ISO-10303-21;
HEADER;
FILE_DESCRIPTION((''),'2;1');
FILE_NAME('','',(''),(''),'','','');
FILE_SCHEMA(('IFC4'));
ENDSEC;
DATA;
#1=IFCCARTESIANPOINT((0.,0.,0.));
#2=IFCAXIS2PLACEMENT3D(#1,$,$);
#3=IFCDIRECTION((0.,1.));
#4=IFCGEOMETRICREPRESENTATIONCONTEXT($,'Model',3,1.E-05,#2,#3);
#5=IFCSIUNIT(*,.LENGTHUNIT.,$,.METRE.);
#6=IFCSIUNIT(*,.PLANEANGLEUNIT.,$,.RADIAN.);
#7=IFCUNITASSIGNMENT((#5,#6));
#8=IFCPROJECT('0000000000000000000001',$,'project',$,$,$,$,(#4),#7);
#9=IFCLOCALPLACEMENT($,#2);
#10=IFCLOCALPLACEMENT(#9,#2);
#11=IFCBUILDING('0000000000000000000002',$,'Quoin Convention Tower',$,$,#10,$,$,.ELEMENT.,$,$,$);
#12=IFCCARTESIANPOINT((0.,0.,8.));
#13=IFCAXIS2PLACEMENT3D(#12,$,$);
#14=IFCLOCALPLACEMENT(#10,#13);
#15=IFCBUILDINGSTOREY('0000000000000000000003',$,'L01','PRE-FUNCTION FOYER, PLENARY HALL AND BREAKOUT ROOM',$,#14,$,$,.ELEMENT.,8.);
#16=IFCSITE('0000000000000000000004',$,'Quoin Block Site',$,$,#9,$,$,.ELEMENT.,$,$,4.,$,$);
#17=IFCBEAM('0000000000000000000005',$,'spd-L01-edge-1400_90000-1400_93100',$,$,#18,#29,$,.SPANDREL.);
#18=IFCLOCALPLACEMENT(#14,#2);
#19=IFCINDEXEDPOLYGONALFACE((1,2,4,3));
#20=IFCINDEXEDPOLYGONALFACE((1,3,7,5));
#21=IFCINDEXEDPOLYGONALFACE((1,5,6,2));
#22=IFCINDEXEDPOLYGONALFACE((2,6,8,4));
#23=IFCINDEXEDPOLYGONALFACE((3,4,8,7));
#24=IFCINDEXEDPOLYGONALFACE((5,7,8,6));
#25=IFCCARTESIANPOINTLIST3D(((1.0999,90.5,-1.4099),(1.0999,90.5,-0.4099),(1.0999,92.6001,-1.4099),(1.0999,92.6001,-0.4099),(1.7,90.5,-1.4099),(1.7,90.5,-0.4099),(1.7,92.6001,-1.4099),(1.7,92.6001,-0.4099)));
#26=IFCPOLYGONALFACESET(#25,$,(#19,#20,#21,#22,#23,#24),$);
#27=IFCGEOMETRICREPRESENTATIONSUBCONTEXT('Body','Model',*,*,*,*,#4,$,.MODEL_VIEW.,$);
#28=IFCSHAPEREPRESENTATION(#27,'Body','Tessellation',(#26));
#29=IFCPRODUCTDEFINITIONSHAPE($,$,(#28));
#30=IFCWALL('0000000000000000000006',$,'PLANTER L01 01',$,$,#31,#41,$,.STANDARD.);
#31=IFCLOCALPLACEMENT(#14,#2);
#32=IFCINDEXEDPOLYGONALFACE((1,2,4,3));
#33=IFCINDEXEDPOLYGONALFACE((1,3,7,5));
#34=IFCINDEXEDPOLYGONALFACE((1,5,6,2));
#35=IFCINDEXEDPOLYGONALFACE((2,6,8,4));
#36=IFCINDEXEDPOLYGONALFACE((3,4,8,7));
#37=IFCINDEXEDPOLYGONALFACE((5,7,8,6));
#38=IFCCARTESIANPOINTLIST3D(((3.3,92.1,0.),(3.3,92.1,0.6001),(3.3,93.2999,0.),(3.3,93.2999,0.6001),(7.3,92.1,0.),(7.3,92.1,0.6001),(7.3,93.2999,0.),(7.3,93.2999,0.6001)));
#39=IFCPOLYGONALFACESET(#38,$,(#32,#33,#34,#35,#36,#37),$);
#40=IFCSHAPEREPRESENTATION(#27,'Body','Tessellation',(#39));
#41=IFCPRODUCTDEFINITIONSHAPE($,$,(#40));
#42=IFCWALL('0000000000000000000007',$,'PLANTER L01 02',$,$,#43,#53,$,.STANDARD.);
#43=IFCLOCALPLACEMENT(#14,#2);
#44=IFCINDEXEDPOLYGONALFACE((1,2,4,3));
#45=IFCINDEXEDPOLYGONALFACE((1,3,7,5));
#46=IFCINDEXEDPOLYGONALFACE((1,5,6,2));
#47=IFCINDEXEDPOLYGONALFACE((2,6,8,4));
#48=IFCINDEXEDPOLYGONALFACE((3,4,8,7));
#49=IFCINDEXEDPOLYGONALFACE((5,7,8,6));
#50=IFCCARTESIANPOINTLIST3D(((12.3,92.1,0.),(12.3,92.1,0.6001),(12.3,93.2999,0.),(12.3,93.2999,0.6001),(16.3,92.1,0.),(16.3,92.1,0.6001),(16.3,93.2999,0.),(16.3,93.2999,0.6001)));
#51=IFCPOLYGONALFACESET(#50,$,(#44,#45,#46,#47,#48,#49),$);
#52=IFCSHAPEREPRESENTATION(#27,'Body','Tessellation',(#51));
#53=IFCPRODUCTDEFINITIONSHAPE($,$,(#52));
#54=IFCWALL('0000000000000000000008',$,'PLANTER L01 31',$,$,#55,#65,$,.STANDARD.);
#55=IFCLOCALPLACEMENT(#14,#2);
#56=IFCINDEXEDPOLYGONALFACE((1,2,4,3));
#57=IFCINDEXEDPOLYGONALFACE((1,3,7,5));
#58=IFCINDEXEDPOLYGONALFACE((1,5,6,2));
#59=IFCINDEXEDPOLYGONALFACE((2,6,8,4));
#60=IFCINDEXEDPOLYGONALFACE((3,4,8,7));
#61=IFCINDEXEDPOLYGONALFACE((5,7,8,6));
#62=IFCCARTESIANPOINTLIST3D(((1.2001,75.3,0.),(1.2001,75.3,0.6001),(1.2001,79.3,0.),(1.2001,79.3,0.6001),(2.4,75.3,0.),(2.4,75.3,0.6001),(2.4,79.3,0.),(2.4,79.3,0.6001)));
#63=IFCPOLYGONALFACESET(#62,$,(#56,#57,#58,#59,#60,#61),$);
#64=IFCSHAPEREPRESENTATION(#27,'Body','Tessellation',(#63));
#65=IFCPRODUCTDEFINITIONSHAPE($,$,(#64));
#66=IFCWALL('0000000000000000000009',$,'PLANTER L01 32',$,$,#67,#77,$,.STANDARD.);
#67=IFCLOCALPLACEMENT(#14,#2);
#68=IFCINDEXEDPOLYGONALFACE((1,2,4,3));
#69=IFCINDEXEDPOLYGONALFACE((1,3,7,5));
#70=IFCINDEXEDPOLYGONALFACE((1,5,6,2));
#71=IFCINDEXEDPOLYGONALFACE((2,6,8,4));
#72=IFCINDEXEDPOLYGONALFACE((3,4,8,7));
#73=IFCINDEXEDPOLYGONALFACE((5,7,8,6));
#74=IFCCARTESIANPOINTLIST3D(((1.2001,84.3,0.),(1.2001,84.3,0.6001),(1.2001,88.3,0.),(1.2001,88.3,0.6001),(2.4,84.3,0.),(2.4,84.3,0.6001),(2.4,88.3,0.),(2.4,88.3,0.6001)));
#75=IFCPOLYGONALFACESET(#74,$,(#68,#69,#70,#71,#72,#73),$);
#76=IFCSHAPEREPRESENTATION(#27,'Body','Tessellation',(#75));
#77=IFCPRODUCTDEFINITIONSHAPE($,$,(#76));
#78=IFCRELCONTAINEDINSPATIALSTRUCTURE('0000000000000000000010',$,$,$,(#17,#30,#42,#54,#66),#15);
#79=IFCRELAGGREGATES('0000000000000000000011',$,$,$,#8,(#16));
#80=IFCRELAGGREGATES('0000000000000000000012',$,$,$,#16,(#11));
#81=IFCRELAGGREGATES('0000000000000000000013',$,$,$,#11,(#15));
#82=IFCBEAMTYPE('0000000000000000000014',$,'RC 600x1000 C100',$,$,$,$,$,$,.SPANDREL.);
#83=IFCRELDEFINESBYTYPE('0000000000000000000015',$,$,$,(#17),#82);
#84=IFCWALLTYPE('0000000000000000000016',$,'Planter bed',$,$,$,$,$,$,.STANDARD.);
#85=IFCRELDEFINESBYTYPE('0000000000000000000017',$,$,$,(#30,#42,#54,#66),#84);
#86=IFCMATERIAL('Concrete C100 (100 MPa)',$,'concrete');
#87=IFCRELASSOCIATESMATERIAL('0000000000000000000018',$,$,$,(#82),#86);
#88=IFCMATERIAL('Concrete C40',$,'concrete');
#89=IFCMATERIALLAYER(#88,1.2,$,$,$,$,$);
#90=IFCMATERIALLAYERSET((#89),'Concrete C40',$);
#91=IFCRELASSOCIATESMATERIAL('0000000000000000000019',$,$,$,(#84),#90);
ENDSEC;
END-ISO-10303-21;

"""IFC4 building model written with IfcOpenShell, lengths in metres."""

from ifc_helpers import new_model, si_unit, direction, frame, frame_2d, origin, origin_2d, place, context, subcontext, project, spatial, rectangle, extrude, material, layer, layer_set, material_profile, profile_set, type_object, element, save


model = new_model("IFC4")

# Units and contexts
model_context = context("Model", 3, precision=1e-05, world=origin(), true_north=direction((0.0, 1.0)))
body_context = subcontext(model_context, "Body", "Model", "MODEL_VIEW")
ifc_project = project(units=[si_unit("LENGTHUNIT", "METRE"), si_unit("PLANEANGLEUNIT", "RADIAN")], contexts=[model_context])

# Site, building, storey
site_placement = place(None, origin())
site = spatial("IfcSite", under=ifc_project, at=site_placement, Name="Quoin Block Site", CompositionType="ELEMENT", RefElevation=4.0)
building_placement = place(site_placement, origin())
building = spatial("IfcBuilding", under=site, at=building_placement, Name="Quoin Convention Tower", CompositionType="ELEMENT")
storey_placement = place(building_placement, frame((0.0, 0.0, 8.0)))
storey = spatial("IfcBuildingStorey", under=building, at=storey_placement, Name="L01", Description="PRE-FUNCTION FOYER, PLENARY HALL AND BREAKOUT ROOM", CompositionType="ELEMENT", Elevation=8.0)

# Beam
ifc_material_1 = material(Name="Concrete C100 (100 MPa)", Category="concrete")
ifc_material_profile_1 = material_profile(ifc_material_1, rectangle(XDim=0.6001, YDim=1.0, at=origin_2d()), Name="RC 600x1000")
ifc_profile_set_1 = profile_set([ifc_material_profile_1], Name="Concrete C100 (100 MPa)")
beam_type_1 = type_object("IfcBeamType", Name="RC 600x1000 C100", PredefinedType="SPANDREL", material=ifc_profile_set_1)
beam_1_placement = place(storey_placement, frame((1.3999, 90.5, -0.9099), z_axis=(0.0, 1.0, 0.0), x_axis=(-1.0, 0.0, 0.0)))
element("IfcBeam", 1, at=beam_1_placement, inside=storey, type_object=beam_type_1, Name="spd-L01-edge-1400_90000-1400_93100", PredefinedType="SPANDREL", context=body_context, shape_type="SweptSolid", body=[
    extrude(rectangle(XDim=0.6001, YDim=1.0, at=origin_2d()), origin(), (0.0, 0.0, 1.0), 2.1001),
])

# Walls
ifc_material_2 = material(Name="Concrete C40", Category="concrete")
ifc_layer = layer(ifc_material_2, 1.2)
ifc_layer_set = layer_set([ifc_layer], Name="Concrete C40")
wall_type = type_object("IfcWallType", Name="Planter bed", PredefinedType="STANDARD", material=ifc_layer_set)
for number, where, z_axis, x_axis, name in (
    (2, (3.3, 92.7, 0.0), (0.0, 0.0, 1.0), (1.0, 0.0, 0.0), "PLANTER L01 01"),
    (3, (12.3, 92.7, 0.0), (0.0, 0.0, 1.0), (1.0, 0.0, 0.0), "PLANTER L01 02"),
    (4, (1.8, 75.3, 0.0), (0.0, 0.0, 1.0), (0.0, 1.0, 0.0), "PLANTER L01 31"),
    (5, (1.8, 84.3, 0.0), (0.0, 0.0, 1.0), (0.0, 1.0, 0.0), "PLANTER L01 32"),
):
    element("IfcWall", number, at=place(storey_placement, frame(where, z_axis=z_axis, x_axis=x_axis)), inside=storey, type_object=wall_type, Name=name, PredefinedType="STANDARD", context=body_context, shape_type="SweptSolid", body=[
        extrude(rectangle(XDim=4.0, YDim=1.2, at=frame_2d((2.0, 0.0))), origin(), (0.0, 0.0, 1.0), 0.6001),
    ])

save(model, "model.ifc")
